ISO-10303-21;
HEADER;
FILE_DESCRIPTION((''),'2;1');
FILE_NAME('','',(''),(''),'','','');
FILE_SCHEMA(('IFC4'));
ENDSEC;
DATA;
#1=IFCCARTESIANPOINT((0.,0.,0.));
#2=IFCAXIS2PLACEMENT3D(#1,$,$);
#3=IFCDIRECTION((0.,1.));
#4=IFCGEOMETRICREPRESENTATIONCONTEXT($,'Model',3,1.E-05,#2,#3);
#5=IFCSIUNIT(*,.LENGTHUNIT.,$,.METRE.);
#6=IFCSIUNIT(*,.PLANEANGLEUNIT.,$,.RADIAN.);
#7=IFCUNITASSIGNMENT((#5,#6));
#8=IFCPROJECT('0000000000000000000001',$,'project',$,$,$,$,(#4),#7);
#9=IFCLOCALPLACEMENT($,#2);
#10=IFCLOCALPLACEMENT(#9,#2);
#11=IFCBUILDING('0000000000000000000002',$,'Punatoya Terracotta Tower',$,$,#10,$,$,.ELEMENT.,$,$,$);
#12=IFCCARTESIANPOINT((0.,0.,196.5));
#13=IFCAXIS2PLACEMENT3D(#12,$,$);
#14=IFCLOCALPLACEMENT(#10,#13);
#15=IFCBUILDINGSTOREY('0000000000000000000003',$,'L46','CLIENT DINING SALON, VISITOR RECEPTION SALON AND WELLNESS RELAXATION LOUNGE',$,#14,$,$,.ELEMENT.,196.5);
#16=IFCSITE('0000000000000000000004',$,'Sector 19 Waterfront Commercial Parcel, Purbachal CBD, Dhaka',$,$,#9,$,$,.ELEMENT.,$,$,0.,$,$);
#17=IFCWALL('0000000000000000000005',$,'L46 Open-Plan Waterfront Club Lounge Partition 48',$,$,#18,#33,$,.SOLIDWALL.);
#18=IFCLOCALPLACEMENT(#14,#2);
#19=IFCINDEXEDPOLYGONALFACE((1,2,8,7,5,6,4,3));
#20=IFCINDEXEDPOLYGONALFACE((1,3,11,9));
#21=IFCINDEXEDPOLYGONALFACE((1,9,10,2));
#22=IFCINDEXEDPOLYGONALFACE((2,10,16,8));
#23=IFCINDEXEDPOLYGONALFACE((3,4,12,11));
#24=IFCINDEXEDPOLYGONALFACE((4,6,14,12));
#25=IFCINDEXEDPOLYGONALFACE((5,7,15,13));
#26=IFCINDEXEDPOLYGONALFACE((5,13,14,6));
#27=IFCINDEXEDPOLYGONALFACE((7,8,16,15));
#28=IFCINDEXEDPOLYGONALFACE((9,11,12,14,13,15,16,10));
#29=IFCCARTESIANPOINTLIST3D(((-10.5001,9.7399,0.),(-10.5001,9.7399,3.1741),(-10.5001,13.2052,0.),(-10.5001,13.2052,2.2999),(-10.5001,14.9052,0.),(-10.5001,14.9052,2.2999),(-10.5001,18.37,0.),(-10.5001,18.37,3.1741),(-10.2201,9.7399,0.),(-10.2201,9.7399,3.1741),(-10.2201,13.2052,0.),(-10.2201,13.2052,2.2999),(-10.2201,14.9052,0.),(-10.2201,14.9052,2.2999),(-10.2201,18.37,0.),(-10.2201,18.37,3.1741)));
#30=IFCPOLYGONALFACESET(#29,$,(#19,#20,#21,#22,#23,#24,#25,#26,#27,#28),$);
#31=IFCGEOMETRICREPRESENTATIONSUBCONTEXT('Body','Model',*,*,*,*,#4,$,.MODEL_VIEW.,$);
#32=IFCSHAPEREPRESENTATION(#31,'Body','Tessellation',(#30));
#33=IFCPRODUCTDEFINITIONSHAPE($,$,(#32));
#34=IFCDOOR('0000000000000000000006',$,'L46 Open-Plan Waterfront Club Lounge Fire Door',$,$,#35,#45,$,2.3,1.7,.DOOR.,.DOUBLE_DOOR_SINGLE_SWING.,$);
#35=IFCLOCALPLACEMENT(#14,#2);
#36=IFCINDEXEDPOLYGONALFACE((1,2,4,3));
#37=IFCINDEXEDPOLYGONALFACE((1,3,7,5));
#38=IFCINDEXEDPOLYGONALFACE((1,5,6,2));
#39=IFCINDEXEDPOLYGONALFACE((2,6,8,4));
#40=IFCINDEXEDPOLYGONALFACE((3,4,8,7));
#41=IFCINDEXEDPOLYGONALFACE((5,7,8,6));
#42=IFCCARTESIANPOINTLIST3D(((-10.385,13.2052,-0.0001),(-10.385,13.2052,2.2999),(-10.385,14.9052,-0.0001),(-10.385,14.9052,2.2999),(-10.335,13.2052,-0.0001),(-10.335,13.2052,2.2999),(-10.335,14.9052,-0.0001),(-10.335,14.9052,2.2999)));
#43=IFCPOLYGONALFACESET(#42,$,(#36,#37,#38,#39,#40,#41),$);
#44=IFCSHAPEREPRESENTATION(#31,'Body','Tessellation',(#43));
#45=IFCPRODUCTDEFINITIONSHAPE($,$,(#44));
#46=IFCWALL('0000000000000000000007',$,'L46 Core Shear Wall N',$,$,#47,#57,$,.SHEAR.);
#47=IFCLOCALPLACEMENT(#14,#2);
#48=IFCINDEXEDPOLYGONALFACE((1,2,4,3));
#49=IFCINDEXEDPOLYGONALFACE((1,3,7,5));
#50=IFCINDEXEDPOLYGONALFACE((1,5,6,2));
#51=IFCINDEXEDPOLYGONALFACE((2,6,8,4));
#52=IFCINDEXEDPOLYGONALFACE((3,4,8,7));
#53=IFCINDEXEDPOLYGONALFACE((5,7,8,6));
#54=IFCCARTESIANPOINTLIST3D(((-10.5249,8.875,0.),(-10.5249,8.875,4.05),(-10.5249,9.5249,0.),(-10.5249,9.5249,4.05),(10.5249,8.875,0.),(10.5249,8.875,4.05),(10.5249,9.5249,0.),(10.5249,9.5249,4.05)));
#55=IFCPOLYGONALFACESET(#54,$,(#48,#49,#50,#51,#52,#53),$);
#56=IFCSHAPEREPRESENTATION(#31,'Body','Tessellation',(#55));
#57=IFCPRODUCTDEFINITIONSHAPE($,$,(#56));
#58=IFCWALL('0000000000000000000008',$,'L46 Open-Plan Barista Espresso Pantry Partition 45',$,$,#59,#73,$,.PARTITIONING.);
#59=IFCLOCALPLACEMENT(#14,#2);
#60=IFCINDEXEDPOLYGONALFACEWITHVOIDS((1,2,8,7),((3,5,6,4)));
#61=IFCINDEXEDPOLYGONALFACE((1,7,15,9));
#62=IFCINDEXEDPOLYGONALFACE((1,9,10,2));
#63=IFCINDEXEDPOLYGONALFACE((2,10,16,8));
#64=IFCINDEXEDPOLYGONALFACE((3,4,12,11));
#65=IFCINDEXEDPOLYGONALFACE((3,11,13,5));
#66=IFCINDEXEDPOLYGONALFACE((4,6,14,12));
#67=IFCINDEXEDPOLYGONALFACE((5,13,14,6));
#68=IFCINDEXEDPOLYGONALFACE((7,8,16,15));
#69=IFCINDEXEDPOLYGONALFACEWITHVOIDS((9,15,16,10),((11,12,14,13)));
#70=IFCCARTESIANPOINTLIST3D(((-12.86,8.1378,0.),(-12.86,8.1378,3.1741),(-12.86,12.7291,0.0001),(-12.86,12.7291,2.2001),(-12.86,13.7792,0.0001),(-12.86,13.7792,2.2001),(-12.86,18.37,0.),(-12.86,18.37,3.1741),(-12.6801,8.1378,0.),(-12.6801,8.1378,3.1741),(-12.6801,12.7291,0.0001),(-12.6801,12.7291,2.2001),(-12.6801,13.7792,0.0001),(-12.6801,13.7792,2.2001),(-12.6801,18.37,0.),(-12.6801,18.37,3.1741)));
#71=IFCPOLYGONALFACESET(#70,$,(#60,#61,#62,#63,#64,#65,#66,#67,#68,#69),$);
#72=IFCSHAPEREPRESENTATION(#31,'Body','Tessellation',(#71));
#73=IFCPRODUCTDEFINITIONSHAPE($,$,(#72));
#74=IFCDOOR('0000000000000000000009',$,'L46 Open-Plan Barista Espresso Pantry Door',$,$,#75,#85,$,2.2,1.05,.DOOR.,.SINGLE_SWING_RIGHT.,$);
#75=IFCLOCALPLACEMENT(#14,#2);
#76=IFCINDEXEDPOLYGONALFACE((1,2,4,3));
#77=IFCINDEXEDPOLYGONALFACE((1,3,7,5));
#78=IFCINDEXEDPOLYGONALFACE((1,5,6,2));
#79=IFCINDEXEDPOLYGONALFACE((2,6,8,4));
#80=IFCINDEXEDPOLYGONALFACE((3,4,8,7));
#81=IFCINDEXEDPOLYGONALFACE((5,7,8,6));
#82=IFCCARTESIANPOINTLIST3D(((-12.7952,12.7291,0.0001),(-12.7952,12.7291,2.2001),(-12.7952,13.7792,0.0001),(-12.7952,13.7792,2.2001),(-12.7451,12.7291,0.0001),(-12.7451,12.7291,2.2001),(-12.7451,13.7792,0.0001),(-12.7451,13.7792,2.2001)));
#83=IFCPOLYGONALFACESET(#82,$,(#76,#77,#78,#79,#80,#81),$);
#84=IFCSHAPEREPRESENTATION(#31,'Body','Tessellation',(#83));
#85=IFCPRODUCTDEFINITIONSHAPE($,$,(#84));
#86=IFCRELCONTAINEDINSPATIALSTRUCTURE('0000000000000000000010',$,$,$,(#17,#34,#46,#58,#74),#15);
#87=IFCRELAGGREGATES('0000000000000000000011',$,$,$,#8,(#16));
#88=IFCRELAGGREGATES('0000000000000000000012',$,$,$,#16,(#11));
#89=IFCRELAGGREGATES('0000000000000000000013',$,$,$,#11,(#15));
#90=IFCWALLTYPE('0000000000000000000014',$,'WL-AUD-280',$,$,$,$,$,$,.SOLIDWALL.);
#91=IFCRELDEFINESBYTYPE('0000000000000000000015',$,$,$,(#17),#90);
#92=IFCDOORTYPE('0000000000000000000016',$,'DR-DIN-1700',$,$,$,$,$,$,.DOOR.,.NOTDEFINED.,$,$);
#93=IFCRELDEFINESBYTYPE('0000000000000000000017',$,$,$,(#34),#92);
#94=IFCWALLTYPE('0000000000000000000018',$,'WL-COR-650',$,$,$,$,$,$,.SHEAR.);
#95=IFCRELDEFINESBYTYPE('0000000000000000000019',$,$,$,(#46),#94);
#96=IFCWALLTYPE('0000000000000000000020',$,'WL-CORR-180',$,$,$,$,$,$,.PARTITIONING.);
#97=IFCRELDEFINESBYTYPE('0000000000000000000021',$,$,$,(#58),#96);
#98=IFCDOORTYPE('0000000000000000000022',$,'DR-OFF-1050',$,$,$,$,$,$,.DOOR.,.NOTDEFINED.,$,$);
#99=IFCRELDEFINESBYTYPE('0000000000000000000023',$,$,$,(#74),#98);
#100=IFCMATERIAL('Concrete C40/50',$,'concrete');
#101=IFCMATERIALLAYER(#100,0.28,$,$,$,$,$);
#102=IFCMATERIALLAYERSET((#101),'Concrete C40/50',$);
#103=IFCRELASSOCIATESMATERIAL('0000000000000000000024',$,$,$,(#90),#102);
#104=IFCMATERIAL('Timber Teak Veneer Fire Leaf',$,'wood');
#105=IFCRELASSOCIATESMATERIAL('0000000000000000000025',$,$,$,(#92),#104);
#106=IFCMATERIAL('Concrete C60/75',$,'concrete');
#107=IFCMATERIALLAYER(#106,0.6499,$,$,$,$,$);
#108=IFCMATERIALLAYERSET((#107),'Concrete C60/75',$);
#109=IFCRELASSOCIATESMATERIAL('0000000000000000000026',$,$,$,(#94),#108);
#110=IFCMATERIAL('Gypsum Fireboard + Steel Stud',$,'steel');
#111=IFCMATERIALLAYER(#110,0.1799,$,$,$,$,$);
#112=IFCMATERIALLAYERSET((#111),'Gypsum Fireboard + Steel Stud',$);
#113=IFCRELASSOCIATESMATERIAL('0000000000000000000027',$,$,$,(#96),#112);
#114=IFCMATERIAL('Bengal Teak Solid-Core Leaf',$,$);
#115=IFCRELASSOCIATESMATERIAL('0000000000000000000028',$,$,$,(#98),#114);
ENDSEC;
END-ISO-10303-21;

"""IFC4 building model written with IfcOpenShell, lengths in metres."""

from ifc_helpers import new_model, si_unit, direction, frame, frame_2d, origin, place, context, subcontext, project, spatial, rectangle, extrude, material, layer, layer_set, type_object, element, fill, save


model = new_model("IFC4")

# Units and contexts
model_context = context("Model", 3, precision=1e-05, world=origin(), true_north=direction((0.0, 1.0)))
body_context = subcontext(model_context, "Body", "Model", "MODEL_VIEW")
ifc_project = project(units=[si_unit("LENGTHUNIT", "METRE"), si_unit("PLANEANGLEUNIT", "RADIAN")], contexts=[model_context])

# Site, building, storey
site_placement = place(None, origin())
site = spatial("IfcSite", under=ifc_project, at=site_placement, Name="Sector 19 Waterfront Commercial Parcel, Purbachal CBD, Dhaka", CompositionType="ELEMENT", RefElevation=0.0)
building_placement = place(site_placement, origin())
building = spatial("IfcBuilding", under=site, at=building_placement, Name="Punatoya Terracotta Tower", CompositionType="ELEMENT")
storey_placement = place(building_placement, frame((0.0, 0.0, 196.5)))
storey = spatial("IfcBuildingStorey", under=building, at=storey_placement, Name="L46", Description="CLIENT DINING SALON, VISITOR RECEPTION SALON AND WELLNESS RELAXATION LOUNGE", CompositionType="ELEMENT", Elevation=196.5)

# Wall, opening, door
ifc_material_1 = material(Name="Concrete C40/50", Category="concrete")
ifc_layer_1 = layer(ifc_material_1, 0.28)
ifc_layer_set_1 = layer_set([ifc_layer_1], Name="Concrete C40/50")
wall_type_1 = type_object("IfcWallType", Name="WL-AUD-280", PredefinedType="SOLIDWALL", material=ifc_layer_set_1)
wall_1_placement = place(storey_placement, frame((-10.3601, 9.74, 0.0), z_axis=(0.0, 0.0, 1.0), x_axis=(0.0, 1.0, 0.0)))
wall_1 = element("IfcWall", 1, at=wall_1_placement, inside=storey, type_object=wall_type_1, Name="L46 Open-Plan Waterfront Club Lounge Partition 48", PredefinedType="SOLIDWALL", context=body_context, shape_type="SweptSolid", body=[
    extrude(rectangle(XDim=8.6301, YDim=0.28, at=frame_2d((4.3149, 0.0))), origin(), (0.0, 0.0, 1.0), 3.1741),
])
opening_1_placement = place(wall_1_placement, frame((3.4651, 0.0, 0.0)))
opening_1 = element("IfcOpeningElement", 2, at=opening_1_placement, cuts=wall_1, PredefinedType="OPENING", context=body_context, shape_type="SweptSolid", body=[
    extrude(rectangle(XDim=1.7, YDim=2.3, at=frame_2d((0.8501, 1.1499))), frame((0.0, 0.1499, 0.0), z_axis=(0.0, -1.0, 0.0), x_axis=(1.0, 0.0, 0.0)), (0.0, 0.0, 1.0), 0.3),
])
ifc_material_2 = material(Name="Timber Teak Veneer Fire Leaf", Category="wood")
door_type_1 = type_object("IfcDoorType", Name="DR-DIN-1700", OperationType="NOTDEFINED", PredefinedType="DOOR", material=ifc_material_2)
door_1_placement = place(opening_1_placement, origin())
door_1 = element("IfcDoor", 3, at=door_1_placement, inside=storey, type_object=door_type_1, Name="L46 Open-Plan Waterfront Club Lounge Fire Door", OperationType="DOUBLE_DOOR_SINGLE_SWING", OverallHeight=2.3, OverallWidth=1.7, PredefinedType="DOOR", context=body_context, shape_type="SweptSolid", body=[
    extrude(rectangle(XDim=1.7, YDim=2.3, at=frame_2d((0.8501, 1.1499))), frame((0.0, 0.0249, 0.0), z_axis=(0.0, -1.0, 0.0), x_axis=(1.0, 0.0, 0.0)), (0.0, 0.0, 1.0), 0.05),
])
fill(opening_1, door_1)

# Wall
ifc_material_3 = material(Name="Concrete C60/75", Category="concrete")
ifc_layer_2 = layer(ifc_material_3, 0.6499)
ifc_layer_set_2 = layer_set([ifc_layer_2], Name="Concrete C60/75")
wall_type_2 = type_object("IfcWallType", Name="WL-COR-650", PredefinedType="SHEAR", material=ifc_layer_set_2)
wall_2_placement = place(storey_placement, frame((-10.5249, 9.2, 0.0), z_axis=(0.0, 0.0, 1.0), x_axis=(1.0, 0.0, 0.0)))
element("IfcWall", 4, at=wall_2_placement, inside=storey, type_object=wall_type_2, Name="L46 Core Shear Wall N", PredefinedType="SHEAR", context=body_context, shape_type="SweptSolid", body=[
    extrude(rectangle(XDim=21.0498, YDim=0.6499, at=frame_2d((10.5249, 0.0))), origin(), (0.0, 0.0, 1.0), 4.05),
])

# Wall, opening, door
ifc_material_4 = material(Name="Gypsum Fireboard + Steel Stud", Category="steel")
ifc_layer_3 = layer(ifc_material_4, 0.1799)
ifc_layer_set_3 = layer_set([ifc_layer_3], Name="Gypsum Fireboard + Steel Stud")
wall_type_3 = type_object("IfcWallType", Name="WL-CORR-180", PredefinedType="PARTITIONING", material=ifc_layer_set_3)
wall_3_placement = place(storey_placement, frame((-12.77, 18.3701, 0.0), z_axis=(0.0, 0.0, 1.0), x_axis=(0.0, -1.0, 0.0)))
wall_3 = element("IfcWall", 5, at=wall_3_placement, inside=storey, type_object=wall_type_3, Name="L46 Open-Plan Barista Espresso Pantry Partition 45", PredefinedType="PARTITIONING", context=body_context, shape_type="SweptSolid", body=[
    extrude(rectangle(XDim=10.2322, YDim=0.1799, at=frame_2d((5.1162, 0.0))), origin(), (0.0, 0.0, 1.0), 3.1741),
])
opening_2_placement = place(wall_3_placement, frame((4.5911, 0.0, 0.0)))
opening_2 = element("IfcOpeningElement", 6, at=opening_2_placement, cuts=wall_3, PredefinedType="OPENING", context=body_context, shape_type="SweptSolid", body=[
    extrude(rectangle(XDim=1.05, YDim=2.2, at=frame_2d((0.5249, 1.1001))), frame((0.0, 0.0999, 0.0), z_axis=(0.0, -1.0, 0.0), x_axis=(1.0, 0.0, 0.0)), (0.0, 0.0, 1.0), 0.2),
])
ifc_material_5 = material(Name="Bengal Teak Solid-Core Leaf")
door_type_2 = type_object("IfcDoorType", Name="DR-OFF-1050", OperationType="NOTDEFINED", PredefinedType="DOOR", material=ifc_material_5)
door_2_placement = place(opening_2_placement, origin())
door_2 = element("IfcDoor", 7, at=door_2_placement, inside=storey, type_object=door_type_2, Name="L46 Open-Plan Barista Espresso Pantry Door", OperationType="SINGLE_SWING_RIGHT", OverallHeight=2.2, OverallWidth=1.05, PredefinedType="DOOR", context=body_context, shape_type="SweptSolid", body=[
    extrude(rectangle(XDim=1.05, YDim=2.2, at=frame_2d((0.5249, 1.1001))), frame((0.0, 0.0249, 0.0), z_axis=(0.0, -1.0, 0.0), x_axis=(1.0, 0.0, 0.0)), (0.0, 0.0, 1.0), 0.05),
])
fill(opening_2, door_2)

save(model, "model.ifc")
